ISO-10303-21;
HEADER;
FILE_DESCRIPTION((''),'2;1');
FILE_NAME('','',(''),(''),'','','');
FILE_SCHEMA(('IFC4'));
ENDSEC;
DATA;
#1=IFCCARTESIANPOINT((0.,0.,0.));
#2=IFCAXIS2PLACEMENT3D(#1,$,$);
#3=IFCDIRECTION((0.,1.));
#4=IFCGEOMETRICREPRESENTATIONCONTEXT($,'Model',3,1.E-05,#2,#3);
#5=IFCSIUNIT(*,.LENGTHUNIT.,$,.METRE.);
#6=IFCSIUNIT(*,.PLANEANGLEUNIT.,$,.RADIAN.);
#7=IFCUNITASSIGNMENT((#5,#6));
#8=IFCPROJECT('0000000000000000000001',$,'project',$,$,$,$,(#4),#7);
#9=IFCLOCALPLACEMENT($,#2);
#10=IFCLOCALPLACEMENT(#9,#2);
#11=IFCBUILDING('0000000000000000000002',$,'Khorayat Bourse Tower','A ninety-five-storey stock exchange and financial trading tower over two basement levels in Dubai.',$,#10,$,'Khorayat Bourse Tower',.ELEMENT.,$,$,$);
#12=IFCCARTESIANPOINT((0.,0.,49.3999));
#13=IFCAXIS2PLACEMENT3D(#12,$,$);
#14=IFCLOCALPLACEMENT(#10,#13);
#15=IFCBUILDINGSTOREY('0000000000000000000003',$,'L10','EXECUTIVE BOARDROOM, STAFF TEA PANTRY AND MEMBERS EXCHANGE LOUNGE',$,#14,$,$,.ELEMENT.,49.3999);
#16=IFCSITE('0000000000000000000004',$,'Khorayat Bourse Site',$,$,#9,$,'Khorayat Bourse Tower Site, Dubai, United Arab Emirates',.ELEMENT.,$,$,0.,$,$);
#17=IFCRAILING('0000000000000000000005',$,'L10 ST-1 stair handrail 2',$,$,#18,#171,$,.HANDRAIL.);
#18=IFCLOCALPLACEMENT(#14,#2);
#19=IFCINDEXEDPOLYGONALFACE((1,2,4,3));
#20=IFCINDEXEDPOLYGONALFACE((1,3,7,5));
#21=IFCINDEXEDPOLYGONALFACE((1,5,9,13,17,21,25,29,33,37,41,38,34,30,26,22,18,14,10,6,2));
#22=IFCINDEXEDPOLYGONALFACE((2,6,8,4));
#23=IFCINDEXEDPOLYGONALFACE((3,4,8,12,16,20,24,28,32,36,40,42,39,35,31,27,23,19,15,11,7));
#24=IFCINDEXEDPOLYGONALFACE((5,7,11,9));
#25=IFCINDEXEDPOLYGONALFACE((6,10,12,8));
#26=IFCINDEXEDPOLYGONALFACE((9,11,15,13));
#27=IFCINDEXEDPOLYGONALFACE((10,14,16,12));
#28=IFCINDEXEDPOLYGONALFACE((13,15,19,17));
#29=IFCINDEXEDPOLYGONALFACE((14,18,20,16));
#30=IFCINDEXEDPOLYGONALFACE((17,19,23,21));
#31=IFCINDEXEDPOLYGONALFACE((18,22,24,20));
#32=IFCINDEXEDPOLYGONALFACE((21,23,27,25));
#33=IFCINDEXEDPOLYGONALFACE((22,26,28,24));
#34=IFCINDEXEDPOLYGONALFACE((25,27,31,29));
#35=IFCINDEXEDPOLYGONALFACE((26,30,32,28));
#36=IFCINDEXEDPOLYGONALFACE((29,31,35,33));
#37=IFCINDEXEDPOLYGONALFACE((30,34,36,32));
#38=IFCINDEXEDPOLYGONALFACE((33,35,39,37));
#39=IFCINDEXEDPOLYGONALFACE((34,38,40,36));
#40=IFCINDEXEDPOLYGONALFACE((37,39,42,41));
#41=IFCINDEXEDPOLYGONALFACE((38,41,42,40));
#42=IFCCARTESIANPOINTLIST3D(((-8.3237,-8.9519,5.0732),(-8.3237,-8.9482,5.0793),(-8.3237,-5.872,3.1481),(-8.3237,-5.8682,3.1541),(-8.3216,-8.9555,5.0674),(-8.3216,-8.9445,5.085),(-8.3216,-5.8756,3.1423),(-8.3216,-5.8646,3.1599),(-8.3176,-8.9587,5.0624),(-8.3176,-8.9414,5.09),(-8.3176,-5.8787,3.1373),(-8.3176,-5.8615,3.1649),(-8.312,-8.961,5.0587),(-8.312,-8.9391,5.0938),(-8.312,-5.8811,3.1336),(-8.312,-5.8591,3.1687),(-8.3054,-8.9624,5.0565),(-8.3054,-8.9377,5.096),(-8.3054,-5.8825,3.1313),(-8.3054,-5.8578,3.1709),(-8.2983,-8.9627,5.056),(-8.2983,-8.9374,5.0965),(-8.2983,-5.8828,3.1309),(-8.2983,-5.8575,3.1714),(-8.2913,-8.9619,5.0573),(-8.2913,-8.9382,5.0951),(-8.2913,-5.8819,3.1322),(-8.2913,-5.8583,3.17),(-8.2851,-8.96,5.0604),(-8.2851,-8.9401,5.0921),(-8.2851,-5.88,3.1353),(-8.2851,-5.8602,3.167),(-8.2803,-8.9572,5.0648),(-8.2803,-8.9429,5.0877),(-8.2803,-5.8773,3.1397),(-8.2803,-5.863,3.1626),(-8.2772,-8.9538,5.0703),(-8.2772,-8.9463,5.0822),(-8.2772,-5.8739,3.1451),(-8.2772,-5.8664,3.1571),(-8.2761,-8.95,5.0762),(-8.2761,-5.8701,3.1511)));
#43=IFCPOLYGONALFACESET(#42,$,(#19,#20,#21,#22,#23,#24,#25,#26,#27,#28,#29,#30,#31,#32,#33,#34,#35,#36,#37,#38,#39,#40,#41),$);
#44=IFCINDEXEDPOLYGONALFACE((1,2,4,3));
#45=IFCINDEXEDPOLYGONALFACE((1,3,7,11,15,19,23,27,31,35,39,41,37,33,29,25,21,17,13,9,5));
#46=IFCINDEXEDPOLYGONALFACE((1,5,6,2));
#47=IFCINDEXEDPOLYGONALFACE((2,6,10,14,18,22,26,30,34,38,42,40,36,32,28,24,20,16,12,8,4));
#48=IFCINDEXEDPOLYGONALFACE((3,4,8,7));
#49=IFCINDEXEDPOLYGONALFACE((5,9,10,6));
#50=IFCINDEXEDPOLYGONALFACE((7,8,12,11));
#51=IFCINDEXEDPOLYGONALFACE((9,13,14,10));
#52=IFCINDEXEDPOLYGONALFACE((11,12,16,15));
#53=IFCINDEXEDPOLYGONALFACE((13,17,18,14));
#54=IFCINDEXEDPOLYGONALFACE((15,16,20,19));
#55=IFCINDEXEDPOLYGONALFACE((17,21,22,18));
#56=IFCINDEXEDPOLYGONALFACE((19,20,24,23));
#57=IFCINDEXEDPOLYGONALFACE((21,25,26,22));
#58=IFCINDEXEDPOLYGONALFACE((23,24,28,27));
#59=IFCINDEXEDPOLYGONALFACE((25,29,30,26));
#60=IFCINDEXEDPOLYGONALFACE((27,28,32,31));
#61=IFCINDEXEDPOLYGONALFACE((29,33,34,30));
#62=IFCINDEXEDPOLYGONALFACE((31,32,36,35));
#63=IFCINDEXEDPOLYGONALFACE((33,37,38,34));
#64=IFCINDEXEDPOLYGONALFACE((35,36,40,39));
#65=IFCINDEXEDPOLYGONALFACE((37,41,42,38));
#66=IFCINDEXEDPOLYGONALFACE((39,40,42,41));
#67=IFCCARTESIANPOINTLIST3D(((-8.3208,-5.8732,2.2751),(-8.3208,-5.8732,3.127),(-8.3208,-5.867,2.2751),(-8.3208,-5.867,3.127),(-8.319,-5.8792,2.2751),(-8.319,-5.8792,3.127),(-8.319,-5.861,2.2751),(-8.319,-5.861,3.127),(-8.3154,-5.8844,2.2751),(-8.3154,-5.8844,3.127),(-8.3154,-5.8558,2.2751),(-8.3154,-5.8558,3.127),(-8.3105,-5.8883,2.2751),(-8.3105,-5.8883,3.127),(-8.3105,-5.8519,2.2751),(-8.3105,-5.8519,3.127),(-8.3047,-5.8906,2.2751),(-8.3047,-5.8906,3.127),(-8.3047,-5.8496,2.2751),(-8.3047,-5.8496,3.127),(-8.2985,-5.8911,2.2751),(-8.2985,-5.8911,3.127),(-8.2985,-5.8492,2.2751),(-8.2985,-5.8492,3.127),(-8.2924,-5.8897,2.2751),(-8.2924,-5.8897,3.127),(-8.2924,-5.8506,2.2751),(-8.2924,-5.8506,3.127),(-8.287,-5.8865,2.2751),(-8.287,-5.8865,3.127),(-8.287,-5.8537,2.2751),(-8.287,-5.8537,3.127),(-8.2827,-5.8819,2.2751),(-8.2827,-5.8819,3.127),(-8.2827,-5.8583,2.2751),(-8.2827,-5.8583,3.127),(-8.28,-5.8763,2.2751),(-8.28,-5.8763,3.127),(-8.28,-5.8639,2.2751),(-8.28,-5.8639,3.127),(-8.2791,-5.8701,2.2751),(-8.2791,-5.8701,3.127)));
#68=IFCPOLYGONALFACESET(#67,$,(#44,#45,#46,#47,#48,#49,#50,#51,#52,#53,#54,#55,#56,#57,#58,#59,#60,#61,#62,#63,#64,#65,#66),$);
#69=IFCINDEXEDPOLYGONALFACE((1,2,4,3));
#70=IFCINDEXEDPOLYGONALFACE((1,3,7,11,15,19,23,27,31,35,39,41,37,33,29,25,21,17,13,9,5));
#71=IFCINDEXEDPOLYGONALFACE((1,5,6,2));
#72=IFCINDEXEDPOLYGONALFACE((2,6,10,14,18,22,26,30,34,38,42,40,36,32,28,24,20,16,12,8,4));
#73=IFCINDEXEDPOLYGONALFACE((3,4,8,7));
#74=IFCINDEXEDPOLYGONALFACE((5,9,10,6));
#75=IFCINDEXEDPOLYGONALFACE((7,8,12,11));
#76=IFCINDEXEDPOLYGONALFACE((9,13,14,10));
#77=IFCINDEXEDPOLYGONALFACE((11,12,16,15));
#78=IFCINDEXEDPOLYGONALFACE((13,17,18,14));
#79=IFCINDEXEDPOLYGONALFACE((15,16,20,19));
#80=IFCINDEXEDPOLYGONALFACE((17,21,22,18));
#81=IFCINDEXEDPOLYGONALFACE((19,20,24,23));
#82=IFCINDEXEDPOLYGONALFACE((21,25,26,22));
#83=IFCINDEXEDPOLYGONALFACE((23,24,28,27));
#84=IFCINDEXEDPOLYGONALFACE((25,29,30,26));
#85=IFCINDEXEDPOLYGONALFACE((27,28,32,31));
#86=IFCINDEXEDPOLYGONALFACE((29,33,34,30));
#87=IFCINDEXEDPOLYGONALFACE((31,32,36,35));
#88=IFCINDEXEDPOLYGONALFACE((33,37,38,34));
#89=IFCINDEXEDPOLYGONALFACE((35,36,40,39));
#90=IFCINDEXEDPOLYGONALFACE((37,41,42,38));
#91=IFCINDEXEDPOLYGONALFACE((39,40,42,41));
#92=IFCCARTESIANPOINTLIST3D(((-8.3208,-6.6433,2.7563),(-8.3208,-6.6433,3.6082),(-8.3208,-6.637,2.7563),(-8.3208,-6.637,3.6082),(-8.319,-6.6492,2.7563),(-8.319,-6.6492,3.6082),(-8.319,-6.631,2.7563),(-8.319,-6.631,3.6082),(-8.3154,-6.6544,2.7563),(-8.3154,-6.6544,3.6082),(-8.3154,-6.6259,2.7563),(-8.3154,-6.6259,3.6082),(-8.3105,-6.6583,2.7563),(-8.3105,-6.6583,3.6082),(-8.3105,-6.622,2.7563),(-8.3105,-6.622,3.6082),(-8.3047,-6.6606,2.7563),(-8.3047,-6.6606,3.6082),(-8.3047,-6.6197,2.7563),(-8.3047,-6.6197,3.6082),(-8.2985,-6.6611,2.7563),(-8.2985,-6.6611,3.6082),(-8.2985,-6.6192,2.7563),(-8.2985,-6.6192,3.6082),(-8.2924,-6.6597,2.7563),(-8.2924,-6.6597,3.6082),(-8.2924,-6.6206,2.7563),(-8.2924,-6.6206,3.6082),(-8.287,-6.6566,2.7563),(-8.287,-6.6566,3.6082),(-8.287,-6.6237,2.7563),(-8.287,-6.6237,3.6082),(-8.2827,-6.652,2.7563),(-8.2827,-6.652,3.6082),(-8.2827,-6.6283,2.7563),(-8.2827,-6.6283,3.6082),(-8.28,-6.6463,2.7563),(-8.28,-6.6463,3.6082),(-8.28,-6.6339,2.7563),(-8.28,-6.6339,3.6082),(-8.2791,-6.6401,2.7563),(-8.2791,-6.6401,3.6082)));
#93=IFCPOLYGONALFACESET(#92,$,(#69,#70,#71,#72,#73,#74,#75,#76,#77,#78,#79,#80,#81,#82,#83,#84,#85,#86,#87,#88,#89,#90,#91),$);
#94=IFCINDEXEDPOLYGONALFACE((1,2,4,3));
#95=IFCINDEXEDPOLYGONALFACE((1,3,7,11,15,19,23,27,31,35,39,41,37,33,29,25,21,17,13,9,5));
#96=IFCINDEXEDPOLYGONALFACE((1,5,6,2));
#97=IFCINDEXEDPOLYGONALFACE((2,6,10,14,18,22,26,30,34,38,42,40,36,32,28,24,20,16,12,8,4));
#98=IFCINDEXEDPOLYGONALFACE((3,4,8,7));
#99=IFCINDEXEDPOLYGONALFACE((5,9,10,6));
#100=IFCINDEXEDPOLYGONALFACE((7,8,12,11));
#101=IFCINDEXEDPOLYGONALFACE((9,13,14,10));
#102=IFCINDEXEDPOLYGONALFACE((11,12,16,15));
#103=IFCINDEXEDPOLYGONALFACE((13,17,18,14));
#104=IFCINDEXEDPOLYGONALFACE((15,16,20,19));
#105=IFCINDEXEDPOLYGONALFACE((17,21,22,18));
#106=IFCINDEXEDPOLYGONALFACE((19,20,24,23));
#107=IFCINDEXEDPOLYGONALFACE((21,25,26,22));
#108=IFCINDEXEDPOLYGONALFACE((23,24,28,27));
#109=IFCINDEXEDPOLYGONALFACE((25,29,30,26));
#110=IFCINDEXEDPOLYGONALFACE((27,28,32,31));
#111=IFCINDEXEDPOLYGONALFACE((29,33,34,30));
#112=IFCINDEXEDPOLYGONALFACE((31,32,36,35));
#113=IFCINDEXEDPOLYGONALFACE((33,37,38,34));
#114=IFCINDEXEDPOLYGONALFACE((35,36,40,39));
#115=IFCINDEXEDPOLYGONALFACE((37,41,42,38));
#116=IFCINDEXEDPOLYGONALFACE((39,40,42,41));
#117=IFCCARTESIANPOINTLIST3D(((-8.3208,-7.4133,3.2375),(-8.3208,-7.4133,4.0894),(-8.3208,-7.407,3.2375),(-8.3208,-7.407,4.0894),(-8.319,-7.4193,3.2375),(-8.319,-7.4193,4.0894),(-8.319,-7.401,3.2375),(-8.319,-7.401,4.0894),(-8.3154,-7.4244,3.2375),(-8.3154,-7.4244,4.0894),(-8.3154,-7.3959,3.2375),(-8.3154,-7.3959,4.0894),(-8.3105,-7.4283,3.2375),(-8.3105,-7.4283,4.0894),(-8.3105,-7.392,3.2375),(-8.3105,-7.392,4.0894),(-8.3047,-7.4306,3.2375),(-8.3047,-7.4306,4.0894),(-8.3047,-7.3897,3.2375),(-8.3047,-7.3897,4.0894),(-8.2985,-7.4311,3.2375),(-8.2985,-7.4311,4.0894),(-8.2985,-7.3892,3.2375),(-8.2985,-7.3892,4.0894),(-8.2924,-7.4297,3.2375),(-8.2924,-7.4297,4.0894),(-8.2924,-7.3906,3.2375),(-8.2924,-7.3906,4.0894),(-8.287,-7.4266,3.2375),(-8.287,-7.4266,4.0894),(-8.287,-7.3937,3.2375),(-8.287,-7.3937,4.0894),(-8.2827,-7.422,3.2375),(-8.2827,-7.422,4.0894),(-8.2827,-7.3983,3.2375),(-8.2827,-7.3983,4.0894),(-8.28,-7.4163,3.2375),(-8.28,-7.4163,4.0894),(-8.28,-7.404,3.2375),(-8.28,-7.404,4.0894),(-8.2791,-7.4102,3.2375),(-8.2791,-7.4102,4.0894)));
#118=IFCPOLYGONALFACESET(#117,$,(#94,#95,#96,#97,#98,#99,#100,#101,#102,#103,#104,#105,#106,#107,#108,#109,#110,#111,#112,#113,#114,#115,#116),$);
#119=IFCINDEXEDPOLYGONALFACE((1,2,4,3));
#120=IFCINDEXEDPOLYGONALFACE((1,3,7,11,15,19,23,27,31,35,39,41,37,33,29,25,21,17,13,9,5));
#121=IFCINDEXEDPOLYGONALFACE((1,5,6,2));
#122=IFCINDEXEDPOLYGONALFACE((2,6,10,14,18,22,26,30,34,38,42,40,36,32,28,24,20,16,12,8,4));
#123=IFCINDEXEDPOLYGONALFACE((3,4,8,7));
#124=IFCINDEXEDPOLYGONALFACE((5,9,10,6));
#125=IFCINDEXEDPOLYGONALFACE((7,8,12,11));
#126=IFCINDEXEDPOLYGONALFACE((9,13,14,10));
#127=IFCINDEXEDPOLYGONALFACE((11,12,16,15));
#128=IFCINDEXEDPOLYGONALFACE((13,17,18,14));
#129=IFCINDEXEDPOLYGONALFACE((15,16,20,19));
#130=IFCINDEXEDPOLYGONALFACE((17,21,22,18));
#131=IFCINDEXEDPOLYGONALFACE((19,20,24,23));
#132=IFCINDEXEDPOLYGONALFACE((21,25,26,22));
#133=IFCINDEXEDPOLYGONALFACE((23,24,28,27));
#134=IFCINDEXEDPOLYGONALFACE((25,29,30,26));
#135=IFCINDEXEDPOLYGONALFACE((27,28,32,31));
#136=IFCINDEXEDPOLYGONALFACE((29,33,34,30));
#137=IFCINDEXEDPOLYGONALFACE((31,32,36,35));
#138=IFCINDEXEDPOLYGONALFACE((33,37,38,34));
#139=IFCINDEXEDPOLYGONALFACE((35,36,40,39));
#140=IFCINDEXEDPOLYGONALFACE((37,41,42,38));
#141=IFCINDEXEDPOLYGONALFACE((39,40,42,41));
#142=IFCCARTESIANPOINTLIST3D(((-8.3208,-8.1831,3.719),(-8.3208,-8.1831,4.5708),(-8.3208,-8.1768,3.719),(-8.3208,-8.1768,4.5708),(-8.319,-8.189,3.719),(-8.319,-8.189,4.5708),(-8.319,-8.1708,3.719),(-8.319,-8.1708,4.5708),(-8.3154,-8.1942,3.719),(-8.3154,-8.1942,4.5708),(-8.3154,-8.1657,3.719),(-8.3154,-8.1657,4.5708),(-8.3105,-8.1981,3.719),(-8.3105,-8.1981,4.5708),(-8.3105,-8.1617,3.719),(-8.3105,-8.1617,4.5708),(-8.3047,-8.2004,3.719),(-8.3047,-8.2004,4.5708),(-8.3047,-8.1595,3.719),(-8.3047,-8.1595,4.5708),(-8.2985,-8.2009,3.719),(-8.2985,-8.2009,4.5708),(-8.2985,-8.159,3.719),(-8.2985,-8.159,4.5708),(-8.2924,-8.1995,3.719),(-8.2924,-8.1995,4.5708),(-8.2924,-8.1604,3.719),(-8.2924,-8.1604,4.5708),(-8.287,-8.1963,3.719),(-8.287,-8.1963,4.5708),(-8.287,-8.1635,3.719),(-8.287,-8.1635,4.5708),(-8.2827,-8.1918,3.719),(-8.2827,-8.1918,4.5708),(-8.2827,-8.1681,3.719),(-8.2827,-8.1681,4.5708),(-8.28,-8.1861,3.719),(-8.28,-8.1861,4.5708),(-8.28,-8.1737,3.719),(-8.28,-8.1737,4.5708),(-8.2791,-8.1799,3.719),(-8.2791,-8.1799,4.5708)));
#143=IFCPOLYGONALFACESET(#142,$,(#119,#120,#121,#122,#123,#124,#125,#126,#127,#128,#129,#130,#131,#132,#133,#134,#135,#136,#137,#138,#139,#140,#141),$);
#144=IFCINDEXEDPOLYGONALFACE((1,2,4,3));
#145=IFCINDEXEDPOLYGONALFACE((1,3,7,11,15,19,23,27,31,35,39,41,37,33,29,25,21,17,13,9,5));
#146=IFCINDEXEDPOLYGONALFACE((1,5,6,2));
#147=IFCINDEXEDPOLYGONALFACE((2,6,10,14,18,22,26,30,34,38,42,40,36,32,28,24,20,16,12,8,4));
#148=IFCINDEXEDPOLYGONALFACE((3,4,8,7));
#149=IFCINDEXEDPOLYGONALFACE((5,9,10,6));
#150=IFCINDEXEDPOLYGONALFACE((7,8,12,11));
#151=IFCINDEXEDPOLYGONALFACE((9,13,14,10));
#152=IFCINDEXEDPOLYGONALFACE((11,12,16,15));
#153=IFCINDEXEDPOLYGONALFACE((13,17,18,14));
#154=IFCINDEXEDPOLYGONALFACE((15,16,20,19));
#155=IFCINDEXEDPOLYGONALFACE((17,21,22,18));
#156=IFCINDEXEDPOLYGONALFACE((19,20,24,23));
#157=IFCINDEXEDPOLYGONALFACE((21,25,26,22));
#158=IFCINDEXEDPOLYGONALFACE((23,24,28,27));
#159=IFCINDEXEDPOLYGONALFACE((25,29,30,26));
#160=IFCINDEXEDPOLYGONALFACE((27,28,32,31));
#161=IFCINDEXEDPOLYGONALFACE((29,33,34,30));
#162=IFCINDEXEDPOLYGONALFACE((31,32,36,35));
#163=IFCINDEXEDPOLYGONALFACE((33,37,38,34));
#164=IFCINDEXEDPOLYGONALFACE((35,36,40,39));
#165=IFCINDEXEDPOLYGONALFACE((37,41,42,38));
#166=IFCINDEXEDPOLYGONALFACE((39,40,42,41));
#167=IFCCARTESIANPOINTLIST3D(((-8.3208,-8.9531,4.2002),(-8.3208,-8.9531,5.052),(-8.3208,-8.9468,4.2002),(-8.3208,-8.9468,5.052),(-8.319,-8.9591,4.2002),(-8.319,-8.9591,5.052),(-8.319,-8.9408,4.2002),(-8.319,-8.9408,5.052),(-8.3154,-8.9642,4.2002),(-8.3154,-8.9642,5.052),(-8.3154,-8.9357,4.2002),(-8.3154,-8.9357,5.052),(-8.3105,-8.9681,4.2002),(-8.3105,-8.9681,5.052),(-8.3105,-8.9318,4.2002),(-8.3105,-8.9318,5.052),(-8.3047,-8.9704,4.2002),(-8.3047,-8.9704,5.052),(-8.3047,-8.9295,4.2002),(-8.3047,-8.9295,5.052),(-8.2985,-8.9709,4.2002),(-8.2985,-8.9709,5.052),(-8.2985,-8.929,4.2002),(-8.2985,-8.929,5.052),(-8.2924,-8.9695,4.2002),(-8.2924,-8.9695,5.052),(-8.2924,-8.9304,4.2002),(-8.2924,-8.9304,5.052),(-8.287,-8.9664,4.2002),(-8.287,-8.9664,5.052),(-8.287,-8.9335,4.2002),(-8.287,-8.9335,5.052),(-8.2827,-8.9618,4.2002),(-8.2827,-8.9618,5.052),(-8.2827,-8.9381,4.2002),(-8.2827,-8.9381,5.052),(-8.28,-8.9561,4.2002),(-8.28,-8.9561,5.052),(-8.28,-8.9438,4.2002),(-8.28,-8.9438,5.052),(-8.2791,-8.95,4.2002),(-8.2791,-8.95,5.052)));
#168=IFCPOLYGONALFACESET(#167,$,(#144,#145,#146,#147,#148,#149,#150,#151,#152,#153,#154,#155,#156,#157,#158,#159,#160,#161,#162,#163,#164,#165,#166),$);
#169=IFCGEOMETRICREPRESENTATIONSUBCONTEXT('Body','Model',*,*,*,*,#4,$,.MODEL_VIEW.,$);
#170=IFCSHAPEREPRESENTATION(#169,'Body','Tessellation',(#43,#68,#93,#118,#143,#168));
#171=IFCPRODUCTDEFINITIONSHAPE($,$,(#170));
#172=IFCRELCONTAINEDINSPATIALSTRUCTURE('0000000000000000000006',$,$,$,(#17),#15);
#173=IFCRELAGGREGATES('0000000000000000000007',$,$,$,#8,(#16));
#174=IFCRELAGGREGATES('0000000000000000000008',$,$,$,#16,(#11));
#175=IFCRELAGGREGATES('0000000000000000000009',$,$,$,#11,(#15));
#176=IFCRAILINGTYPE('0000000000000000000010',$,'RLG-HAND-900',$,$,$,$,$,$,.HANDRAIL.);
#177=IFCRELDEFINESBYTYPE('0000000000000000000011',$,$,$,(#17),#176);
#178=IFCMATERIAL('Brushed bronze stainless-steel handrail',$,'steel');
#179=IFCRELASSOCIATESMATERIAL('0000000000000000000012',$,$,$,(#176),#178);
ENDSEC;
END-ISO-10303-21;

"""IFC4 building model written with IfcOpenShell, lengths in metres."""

from ifc_helpers import new_model, si_unit, direction, frame, origin, origin_2d, place, context, subcontext, project, spatial, circle, extrude, source, transform, mapped, material, type_object, element, save


model = new_model("IFC4")

# Units and contexts
model_context = context("Model", 3, precision=1e-05, world=origin(), true_north=direction((0.0, 1.0)))
body_context = subcontext(model_context, "Body", "Model", "MODEL_VIEW")
ifc_project = project(units=[si_unit("LENGTHUNIT", "METRE"), si_unit("PLANEANGLEUNIT", "RADIAN")], contexts=[model_context])

# Site, building, storey
site_placement = place(None, origin())
site = spatial("IfcSite", under=ifc_project, at=site_placement, Name="Khorayat Bourse Site", LongName="Khorayat Bourse Tower Site, Dubai, United Arab Emirates", CompositionType="ELEMENT", RefElevation=0.0)
building_placement = place(site_placement, origin())
building = spatial("IfcBuilding", under=site, at=building_placement, Name="Khorayat Bourse Tower", Description="A ninety-five-storey stock exchange and financial trading tower over two basement levels in Dubai.", LongName="Khorayat Bourse Tower", CompositionType="ELEMENT")
storey_placement = place(building_placement, frame((0.0, 0.0, 49.3999)))
storey = spatial("IfcBuildingStorey", under=building, at=storey_placement, Name="L10", Description="EXECUTIVE BOARDROOM, STAFF TEA PANTRY AND MEMBERS EXCHANGE LOUNGE", CompositionType="ELEMENT", Elevation=49.3999)

# Railing
ifc_material_1 = material(Name="Brushed bronze stainless-steel handrail", Category="steel")
railing_type_1 = type_object("IfcRailingType", Name="RLG-HAND-900", PredefinedType="HANDRAIL", material=ifc_material_1)
shared_shape_1 = source(origin(), body_context, "Body", "SweptSolid", [
    extrude(circle(Radius=0.0239, at=origin_2d()), frame((0.0, 0.0, 0.876), z_axis=(0.0, -0.847979, 0.530029), x_axis=(1.0, 0.0, 0.0)), (0.0, 0.0, 1.0), 3.6321),
    extrude(circle(Radius=0.021, at=origin_2d()), origin(), (0.0, 0.0, 1.0), 0.8518),
    extrude(circle(Radius=0.021, at=origin_2d()), frame((0.0, -0.77, 0.4812)), (0.0, 0.0, 1.0), 0.8518),
    extrude(circle(Radius=0.021, at=origin_2d()), frame((0.0, -1.54, 0.9624)), (0.0, 0.0, 1.0), 0.8518),
    extrude(circle(Radius=0.021, at=origin_2d()), frame((0.0, -2.3098, 1.4438)), (0.0, 0.0, 1.0), 0.8518),
    extrude(circle(Radius=0.021, at=origin_2d()), frame((0.0, -3.0798, 1.925)), (0.0, 0.0, 1.0), 0.8518),
])
railing_1_placement = place(storey_placement, frame((-8.3, -5.8701, 2.2751)))
element("IfcRailing", 1, at=railing_1_placement, inside=storey, type_object=railing_type_1, Name="L10 ST-1 stair handrail 2", PredefinedType="HANDRAIL", context=body_context, shape_type="MappedRepresentation", body=[
    mapped(shared_shape_1, transform((0.0, 0.0, 0.0), scale=1.0)),
])

save(model, "model.ifc")
